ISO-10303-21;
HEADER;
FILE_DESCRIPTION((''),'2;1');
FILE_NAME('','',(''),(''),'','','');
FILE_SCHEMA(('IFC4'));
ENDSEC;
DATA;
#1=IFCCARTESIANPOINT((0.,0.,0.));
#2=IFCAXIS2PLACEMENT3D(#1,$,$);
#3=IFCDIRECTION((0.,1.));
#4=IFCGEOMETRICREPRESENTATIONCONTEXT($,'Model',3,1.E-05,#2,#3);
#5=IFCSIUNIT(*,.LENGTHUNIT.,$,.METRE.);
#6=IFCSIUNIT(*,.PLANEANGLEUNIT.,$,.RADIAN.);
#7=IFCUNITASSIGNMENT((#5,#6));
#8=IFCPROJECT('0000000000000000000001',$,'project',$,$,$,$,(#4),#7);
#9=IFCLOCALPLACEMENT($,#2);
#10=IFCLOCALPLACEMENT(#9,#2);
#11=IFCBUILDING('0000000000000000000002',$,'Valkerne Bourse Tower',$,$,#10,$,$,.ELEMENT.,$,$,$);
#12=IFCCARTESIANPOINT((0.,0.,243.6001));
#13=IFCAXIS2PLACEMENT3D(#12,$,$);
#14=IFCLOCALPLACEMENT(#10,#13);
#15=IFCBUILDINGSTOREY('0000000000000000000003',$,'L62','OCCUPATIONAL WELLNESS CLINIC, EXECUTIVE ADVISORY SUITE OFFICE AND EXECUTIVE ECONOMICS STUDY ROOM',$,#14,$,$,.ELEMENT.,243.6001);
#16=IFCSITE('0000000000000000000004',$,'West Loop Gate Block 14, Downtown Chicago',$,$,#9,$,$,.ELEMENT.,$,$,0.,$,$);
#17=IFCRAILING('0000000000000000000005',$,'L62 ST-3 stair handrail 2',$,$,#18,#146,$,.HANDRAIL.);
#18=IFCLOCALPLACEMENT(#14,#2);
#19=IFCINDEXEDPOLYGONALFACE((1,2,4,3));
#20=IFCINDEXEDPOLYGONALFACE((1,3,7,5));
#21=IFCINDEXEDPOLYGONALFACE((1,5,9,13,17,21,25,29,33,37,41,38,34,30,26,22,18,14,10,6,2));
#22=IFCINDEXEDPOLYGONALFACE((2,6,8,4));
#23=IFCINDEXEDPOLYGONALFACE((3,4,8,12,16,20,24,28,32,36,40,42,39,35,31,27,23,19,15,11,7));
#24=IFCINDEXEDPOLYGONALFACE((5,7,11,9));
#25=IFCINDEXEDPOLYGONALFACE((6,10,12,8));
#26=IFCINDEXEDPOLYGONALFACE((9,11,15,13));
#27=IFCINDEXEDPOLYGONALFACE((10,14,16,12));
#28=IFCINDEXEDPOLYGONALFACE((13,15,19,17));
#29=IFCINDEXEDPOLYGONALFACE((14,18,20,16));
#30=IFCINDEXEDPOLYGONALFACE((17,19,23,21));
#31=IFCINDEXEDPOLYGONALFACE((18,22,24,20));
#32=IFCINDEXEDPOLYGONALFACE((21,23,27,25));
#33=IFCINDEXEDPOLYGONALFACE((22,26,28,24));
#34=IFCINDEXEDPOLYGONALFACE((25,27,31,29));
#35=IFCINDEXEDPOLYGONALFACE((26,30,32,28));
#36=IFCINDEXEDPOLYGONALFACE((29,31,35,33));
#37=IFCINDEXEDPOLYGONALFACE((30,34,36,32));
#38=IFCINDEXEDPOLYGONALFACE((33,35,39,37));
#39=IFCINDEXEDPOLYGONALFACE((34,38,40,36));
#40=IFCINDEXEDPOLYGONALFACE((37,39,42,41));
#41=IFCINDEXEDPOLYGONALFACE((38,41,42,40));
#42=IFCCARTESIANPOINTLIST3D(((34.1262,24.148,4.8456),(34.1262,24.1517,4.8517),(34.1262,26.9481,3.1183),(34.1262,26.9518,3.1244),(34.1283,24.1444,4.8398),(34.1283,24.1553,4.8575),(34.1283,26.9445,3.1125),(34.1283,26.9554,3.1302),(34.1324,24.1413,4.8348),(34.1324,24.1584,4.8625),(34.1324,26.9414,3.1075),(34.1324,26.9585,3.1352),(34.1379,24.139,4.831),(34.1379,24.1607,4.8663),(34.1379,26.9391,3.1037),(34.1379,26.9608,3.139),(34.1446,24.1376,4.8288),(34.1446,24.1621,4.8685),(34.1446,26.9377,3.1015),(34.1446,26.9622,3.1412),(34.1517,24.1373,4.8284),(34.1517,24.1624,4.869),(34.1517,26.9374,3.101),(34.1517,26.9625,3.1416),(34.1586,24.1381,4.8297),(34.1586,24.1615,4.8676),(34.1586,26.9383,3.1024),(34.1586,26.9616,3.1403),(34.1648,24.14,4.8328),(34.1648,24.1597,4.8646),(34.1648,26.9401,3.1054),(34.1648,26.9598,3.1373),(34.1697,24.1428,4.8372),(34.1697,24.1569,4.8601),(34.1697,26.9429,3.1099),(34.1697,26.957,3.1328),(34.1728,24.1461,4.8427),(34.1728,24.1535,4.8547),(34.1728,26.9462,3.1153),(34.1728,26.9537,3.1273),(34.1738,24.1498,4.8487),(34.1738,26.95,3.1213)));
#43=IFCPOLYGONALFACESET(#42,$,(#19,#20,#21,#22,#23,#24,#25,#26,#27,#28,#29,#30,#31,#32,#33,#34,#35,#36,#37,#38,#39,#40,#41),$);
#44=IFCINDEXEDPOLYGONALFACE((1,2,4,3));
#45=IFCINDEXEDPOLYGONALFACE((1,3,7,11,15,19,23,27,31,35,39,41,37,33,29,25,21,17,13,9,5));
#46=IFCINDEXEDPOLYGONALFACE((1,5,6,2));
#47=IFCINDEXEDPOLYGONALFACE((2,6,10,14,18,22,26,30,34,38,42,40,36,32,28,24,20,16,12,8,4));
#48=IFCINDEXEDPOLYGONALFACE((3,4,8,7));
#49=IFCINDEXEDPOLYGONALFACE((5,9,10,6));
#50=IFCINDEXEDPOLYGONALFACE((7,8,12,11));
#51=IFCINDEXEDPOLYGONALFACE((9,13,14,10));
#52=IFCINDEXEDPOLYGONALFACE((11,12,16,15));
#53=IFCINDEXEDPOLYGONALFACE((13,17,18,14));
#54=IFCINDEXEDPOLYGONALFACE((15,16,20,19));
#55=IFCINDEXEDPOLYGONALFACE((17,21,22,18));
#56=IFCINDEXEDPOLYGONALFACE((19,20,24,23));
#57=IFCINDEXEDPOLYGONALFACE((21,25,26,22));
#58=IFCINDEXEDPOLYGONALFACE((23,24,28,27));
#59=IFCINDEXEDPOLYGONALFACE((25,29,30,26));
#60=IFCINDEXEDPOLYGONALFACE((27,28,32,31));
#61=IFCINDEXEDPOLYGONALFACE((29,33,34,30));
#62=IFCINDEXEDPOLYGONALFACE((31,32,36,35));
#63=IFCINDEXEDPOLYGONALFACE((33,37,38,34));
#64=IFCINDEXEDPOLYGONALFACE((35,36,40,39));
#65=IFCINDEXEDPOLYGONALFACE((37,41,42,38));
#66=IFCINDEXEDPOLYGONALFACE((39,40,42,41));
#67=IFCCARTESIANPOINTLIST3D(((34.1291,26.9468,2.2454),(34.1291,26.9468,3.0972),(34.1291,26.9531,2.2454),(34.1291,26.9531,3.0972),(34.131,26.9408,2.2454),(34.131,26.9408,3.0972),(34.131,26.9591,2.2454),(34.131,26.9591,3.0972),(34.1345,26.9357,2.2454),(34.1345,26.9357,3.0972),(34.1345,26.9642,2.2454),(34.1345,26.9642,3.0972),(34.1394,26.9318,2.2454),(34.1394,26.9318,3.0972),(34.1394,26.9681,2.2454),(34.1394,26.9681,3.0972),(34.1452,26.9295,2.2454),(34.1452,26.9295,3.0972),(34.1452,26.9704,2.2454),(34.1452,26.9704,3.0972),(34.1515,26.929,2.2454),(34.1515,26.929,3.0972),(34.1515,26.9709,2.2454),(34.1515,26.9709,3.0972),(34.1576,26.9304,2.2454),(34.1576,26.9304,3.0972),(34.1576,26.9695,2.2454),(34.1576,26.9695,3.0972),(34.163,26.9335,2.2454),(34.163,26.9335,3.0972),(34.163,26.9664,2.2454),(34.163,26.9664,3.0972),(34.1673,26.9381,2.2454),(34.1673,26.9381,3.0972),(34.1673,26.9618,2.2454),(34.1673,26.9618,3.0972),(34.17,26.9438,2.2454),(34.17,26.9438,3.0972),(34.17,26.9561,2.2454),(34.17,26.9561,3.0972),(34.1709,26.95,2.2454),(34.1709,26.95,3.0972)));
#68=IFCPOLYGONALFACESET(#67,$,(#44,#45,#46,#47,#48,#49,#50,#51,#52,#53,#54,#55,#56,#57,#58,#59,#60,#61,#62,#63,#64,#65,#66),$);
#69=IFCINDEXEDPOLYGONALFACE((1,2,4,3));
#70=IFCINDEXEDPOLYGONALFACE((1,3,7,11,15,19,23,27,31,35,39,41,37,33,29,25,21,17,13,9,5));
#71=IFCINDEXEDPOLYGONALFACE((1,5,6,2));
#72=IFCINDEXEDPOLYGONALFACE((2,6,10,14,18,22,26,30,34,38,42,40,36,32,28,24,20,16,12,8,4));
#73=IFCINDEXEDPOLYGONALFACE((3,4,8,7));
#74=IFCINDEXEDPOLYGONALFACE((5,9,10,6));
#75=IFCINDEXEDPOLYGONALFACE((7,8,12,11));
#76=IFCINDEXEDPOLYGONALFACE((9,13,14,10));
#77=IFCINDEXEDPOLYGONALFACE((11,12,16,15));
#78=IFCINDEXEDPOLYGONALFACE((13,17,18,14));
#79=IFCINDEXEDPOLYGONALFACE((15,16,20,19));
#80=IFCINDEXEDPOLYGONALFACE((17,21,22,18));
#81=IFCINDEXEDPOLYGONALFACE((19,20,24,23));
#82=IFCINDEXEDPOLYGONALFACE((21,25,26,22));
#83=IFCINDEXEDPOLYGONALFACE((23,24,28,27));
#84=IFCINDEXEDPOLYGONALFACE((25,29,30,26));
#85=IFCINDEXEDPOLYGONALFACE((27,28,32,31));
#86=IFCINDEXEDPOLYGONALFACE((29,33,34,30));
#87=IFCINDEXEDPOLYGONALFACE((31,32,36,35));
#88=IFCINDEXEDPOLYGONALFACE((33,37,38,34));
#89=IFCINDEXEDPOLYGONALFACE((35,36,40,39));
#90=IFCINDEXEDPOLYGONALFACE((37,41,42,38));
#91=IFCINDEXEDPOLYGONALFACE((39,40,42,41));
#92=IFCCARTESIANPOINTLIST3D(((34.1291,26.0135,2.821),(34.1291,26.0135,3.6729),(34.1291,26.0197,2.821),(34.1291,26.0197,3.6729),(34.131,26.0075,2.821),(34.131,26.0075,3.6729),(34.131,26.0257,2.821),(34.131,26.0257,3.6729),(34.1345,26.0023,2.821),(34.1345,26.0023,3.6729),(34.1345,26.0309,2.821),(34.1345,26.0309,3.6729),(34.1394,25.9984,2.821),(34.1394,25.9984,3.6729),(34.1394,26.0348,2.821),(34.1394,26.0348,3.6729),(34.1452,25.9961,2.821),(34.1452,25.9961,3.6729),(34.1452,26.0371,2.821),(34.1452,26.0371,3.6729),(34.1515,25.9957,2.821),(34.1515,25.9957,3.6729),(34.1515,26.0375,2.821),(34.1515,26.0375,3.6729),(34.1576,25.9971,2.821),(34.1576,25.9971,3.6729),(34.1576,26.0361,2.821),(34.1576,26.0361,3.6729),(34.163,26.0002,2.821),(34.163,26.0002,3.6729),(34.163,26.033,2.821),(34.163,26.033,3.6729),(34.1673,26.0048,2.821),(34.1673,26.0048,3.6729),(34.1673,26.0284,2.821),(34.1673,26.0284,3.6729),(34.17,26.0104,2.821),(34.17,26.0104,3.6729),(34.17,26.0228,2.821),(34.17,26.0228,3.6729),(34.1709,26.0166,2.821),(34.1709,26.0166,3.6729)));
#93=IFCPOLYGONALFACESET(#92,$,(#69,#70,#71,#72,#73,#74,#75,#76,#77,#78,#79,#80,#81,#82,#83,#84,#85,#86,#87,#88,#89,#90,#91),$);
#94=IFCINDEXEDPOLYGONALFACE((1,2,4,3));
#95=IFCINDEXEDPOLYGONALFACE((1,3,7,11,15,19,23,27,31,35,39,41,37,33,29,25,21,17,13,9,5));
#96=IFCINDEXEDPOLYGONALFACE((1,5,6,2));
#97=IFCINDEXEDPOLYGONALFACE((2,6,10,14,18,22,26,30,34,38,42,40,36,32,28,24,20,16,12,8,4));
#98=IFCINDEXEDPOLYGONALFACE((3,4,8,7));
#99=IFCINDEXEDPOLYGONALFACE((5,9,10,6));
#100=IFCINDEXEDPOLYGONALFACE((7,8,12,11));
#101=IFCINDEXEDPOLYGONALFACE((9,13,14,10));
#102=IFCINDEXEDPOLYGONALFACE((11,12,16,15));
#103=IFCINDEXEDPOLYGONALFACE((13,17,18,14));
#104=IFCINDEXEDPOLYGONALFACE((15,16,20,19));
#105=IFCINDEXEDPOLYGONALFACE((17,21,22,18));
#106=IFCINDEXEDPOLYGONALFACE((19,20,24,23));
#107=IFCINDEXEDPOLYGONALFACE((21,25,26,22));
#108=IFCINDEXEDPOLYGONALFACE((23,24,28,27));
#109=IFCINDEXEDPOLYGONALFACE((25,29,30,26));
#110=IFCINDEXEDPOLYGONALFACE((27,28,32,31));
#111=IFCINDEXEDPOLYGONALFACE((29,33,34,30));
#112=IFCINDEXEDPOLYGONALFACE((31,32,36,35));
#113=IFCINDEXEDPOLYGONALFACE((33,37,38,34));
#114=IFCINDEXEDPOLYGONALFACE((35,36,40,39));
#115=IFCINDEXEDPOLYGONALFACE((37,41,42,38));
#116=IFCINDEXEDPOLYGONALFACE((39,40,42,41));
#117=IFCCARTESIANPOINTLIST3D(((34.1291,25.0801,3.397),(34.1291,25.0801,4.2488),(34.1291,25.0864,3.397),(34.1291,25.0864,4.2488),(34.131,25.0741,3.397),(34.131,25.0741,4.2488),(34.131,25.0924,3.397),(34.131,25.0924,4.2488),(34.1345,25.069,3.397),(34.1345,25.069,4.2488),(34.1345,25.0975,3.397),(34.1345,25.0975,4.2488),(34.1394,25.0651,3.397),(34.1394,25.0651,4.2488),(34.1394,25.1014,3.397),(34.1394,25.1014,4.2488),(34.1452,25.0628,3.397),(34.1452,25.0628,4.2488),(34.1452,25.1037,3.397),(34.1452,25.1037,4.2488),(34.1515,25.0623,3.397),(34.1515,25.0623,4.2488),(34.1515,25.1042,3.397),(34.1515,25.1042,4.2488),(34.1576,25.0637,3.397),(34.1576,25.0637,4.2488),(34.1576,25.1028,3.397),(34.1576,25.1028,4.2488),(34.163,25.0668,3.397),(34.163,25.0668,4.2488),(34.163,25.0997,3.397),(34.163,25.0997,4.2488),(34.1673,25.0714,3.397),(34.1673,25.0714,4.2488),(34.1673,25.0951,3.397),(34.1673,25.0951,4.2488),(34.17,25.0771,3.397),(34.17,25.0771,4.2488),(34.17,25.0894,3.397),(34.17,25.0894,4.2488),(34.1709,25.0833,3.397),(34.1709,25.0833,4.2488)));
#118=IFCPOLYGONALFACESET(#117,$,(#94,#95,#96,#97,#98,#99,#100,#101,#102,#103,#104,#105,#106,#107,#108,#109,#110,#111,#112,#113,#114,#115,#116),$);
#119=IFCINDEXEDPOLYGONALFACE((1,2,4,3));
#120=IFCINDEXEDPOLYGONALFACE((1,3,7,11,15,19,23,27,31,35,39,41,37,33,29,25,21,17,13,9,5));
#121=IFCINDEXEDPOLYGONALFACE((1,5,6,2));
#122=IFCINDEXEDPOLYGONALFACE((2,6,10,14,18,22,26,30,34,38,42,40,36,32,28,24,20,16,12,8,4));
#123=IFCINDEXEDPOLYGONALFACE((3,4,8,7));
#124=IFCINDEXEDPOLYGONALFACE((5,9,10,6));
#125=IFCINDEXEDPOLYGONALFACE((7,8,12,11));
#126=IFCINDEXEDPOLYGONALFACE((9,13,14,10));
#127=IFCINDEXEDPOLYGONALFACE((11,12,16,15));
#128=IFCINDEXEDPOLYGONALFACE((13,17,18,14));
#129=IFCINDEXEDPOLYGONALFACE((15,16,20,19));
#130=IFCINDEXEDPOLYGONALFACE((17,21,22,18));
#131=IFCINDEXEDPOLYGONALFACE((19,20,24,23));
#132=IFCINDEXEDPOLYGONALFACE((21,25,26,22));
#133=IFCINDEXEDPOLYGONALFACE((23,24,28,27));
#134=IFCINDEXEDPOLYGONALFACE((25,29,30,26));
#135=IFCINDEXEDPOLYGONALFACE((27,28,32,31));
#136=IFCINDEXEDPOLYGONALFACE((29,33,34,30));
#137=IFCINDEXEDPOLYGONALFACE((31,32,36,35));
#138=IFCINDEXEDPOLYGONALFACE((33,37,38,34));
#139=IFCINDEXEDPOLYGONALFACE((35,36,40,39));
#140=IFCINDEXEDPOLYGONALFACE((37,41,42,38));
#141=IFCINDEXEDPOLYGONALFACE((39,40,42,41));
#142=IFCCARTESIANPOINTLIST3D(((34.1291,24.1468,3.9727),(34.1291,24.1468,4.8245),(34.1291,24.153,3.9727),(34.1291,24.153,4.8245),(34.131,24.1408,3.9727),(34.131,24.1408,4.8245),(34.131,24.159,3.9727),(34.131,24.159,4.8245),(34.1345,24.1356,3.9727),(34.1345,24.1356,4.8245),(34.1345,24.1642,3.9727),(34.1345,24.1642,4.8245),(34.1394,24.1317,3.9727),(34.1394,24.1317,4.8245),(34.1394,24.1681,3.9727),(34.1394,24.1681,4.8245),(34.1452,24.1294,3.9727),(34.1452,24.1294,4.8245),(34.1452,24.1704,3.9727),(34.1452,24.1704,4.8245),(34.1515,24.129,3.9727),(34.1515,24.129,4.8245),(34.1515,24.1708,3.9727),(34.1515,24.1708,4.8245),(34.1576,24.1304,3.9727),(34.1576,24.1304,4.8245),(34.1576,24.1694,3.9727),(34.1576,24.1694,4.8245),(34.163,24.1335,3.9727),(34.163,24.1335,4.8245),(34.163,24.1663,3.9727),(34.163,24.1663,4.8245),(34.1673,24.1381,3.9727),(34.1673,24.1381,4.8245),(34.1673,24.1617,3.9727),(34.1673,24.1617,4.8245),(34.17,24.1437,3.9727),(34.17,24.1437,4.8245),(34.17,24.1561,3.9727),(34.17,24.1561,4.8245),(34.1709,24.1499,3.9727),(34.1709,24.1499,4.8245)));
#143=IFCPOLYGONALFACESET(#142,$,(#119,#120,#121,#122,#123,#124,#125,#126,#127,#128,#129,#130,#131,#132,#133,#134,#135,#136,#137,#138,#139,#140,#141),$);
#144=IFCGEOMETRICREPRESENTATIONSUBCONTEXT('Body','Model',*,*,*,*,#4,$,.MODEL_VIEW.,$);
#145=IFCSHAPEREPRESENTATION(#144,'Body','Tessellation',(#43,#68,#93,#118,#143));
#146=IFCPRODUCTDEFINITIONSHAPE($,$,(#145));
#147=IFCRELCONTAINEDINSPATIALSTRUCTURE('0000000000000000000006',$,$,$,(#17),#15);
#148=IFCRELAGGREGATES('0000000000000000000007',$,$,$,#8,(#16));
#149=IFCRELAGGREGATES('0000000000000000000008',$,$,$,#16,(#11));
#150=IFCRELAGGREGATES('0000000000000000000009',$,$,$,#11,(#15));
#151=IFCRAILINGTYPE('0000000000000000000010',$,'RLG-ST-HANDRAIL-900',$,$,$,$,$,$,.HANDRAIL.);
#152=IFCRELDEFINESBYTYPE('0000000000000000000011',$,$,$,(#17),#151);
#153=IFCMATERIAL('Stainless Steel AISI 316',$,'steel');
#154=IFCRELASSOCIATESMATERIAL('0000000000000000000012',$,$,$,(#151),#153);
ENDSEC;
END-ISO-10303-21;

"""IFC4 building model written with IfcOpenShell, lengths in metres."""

from ifc_helpers import new_model, si_unit, direction, frame, origin, origin_2d, place, context, subcontext, project, spatial, circle, extrude, material, type_object, element, save


model = new_model("IFC4")

# Units and contexts
model_context = context("Model", 3, precision=1e-05, world=origin(), true_north=direction((0.0, 1.0)))
body_context = subcontext(model_context, "Body", "Model", "MODEL_VIEW")
ifc_project = project(units=[si_unit("LENGTHUNIT", "METRE"), si_unit("PLANEANGLEUNIT", "RADIAN")], contexts=[model_context])

# Site, building, storey
site_placement = place(None, origin())
site = spatial("IfcSite", under=ifc_project, at=site_placement, Name="West Loop Gate Block 14, Downtown Chicago", CompositionType="ELEMENT", RefElevation=0.0)
building_placement = place(site_placement, origin())
building = spatial("IfcBuilding", under=site, at=building_placement, Name="Valkerne Bourse Tower", CompositionType="ELEMENT")
storey_placement = place(building_placement, frame((0.0, 0.0, 243.6001)))
storey = spatial("IfcBuildingStorey", under=building, at=storey_placement, Name="L62", Description="OCCUPATIONAL WELLNESS CLINIC, EXECUTIVE ADVISORY SUITE OFFICE AND EXECUTIVE ECONOMICS STUDY ROOM", CompositionType="ELEMENT", Elevation=243.6001)

# Railing
ifc_material_1 = material(Name="Stainless Steel AISI 316", Category="steel")
railing_type_1 = type_object("IfcRailingType", Name="RLG-ST-HANDRAIL-900", PredefinedType="HANDRAIL", material=ifc_material_1)
railing_1_placement = place(storey_placement, frame((34.1499, 26.95, 2.2454)))
element("IfcRailing", 1, at=railing_1_placement, inside=storey, type_object=railing_type_1, Name="L62 ST-3 stair handrail 2", PredefinedType="HANDRAIL", context=body_context, shape_type="SweptSolid", body=[
    extrude(circle(Radius=0.0239, at=origin_2d()), frame((0.0, 0.0, 0.876), z_axis=(0.0, -0.85109, 0.52502), x_axis=(1.0, 0.0, 0.0)), (0.0, 0.0, 1.0), 3.29),
    extrude(circle(Radius=0.021, at=origin_2d()), origin(), (0.0, 0.0, 1.0), 0.8518),
    extrude(circle(Radius=0.021, at=origin_2d()), frame((0.0, -0.9333, 0.5757)), (0.0, 0.0, 1.0), 0.8518),
    extrude(circle(Radius=0.021, at=origin_2d()), frame((0.0, -1.8667, 1.1516)), (0.0, 0.0, 1.0), 0.8518),
    extrude(circle(Radius=0.021, at=origin_2d()), frame((0.0, -2.8, 1.7273)), (0.0, 0.0, 1.0), 0.8518),
])

save(model, "model.ifc")
